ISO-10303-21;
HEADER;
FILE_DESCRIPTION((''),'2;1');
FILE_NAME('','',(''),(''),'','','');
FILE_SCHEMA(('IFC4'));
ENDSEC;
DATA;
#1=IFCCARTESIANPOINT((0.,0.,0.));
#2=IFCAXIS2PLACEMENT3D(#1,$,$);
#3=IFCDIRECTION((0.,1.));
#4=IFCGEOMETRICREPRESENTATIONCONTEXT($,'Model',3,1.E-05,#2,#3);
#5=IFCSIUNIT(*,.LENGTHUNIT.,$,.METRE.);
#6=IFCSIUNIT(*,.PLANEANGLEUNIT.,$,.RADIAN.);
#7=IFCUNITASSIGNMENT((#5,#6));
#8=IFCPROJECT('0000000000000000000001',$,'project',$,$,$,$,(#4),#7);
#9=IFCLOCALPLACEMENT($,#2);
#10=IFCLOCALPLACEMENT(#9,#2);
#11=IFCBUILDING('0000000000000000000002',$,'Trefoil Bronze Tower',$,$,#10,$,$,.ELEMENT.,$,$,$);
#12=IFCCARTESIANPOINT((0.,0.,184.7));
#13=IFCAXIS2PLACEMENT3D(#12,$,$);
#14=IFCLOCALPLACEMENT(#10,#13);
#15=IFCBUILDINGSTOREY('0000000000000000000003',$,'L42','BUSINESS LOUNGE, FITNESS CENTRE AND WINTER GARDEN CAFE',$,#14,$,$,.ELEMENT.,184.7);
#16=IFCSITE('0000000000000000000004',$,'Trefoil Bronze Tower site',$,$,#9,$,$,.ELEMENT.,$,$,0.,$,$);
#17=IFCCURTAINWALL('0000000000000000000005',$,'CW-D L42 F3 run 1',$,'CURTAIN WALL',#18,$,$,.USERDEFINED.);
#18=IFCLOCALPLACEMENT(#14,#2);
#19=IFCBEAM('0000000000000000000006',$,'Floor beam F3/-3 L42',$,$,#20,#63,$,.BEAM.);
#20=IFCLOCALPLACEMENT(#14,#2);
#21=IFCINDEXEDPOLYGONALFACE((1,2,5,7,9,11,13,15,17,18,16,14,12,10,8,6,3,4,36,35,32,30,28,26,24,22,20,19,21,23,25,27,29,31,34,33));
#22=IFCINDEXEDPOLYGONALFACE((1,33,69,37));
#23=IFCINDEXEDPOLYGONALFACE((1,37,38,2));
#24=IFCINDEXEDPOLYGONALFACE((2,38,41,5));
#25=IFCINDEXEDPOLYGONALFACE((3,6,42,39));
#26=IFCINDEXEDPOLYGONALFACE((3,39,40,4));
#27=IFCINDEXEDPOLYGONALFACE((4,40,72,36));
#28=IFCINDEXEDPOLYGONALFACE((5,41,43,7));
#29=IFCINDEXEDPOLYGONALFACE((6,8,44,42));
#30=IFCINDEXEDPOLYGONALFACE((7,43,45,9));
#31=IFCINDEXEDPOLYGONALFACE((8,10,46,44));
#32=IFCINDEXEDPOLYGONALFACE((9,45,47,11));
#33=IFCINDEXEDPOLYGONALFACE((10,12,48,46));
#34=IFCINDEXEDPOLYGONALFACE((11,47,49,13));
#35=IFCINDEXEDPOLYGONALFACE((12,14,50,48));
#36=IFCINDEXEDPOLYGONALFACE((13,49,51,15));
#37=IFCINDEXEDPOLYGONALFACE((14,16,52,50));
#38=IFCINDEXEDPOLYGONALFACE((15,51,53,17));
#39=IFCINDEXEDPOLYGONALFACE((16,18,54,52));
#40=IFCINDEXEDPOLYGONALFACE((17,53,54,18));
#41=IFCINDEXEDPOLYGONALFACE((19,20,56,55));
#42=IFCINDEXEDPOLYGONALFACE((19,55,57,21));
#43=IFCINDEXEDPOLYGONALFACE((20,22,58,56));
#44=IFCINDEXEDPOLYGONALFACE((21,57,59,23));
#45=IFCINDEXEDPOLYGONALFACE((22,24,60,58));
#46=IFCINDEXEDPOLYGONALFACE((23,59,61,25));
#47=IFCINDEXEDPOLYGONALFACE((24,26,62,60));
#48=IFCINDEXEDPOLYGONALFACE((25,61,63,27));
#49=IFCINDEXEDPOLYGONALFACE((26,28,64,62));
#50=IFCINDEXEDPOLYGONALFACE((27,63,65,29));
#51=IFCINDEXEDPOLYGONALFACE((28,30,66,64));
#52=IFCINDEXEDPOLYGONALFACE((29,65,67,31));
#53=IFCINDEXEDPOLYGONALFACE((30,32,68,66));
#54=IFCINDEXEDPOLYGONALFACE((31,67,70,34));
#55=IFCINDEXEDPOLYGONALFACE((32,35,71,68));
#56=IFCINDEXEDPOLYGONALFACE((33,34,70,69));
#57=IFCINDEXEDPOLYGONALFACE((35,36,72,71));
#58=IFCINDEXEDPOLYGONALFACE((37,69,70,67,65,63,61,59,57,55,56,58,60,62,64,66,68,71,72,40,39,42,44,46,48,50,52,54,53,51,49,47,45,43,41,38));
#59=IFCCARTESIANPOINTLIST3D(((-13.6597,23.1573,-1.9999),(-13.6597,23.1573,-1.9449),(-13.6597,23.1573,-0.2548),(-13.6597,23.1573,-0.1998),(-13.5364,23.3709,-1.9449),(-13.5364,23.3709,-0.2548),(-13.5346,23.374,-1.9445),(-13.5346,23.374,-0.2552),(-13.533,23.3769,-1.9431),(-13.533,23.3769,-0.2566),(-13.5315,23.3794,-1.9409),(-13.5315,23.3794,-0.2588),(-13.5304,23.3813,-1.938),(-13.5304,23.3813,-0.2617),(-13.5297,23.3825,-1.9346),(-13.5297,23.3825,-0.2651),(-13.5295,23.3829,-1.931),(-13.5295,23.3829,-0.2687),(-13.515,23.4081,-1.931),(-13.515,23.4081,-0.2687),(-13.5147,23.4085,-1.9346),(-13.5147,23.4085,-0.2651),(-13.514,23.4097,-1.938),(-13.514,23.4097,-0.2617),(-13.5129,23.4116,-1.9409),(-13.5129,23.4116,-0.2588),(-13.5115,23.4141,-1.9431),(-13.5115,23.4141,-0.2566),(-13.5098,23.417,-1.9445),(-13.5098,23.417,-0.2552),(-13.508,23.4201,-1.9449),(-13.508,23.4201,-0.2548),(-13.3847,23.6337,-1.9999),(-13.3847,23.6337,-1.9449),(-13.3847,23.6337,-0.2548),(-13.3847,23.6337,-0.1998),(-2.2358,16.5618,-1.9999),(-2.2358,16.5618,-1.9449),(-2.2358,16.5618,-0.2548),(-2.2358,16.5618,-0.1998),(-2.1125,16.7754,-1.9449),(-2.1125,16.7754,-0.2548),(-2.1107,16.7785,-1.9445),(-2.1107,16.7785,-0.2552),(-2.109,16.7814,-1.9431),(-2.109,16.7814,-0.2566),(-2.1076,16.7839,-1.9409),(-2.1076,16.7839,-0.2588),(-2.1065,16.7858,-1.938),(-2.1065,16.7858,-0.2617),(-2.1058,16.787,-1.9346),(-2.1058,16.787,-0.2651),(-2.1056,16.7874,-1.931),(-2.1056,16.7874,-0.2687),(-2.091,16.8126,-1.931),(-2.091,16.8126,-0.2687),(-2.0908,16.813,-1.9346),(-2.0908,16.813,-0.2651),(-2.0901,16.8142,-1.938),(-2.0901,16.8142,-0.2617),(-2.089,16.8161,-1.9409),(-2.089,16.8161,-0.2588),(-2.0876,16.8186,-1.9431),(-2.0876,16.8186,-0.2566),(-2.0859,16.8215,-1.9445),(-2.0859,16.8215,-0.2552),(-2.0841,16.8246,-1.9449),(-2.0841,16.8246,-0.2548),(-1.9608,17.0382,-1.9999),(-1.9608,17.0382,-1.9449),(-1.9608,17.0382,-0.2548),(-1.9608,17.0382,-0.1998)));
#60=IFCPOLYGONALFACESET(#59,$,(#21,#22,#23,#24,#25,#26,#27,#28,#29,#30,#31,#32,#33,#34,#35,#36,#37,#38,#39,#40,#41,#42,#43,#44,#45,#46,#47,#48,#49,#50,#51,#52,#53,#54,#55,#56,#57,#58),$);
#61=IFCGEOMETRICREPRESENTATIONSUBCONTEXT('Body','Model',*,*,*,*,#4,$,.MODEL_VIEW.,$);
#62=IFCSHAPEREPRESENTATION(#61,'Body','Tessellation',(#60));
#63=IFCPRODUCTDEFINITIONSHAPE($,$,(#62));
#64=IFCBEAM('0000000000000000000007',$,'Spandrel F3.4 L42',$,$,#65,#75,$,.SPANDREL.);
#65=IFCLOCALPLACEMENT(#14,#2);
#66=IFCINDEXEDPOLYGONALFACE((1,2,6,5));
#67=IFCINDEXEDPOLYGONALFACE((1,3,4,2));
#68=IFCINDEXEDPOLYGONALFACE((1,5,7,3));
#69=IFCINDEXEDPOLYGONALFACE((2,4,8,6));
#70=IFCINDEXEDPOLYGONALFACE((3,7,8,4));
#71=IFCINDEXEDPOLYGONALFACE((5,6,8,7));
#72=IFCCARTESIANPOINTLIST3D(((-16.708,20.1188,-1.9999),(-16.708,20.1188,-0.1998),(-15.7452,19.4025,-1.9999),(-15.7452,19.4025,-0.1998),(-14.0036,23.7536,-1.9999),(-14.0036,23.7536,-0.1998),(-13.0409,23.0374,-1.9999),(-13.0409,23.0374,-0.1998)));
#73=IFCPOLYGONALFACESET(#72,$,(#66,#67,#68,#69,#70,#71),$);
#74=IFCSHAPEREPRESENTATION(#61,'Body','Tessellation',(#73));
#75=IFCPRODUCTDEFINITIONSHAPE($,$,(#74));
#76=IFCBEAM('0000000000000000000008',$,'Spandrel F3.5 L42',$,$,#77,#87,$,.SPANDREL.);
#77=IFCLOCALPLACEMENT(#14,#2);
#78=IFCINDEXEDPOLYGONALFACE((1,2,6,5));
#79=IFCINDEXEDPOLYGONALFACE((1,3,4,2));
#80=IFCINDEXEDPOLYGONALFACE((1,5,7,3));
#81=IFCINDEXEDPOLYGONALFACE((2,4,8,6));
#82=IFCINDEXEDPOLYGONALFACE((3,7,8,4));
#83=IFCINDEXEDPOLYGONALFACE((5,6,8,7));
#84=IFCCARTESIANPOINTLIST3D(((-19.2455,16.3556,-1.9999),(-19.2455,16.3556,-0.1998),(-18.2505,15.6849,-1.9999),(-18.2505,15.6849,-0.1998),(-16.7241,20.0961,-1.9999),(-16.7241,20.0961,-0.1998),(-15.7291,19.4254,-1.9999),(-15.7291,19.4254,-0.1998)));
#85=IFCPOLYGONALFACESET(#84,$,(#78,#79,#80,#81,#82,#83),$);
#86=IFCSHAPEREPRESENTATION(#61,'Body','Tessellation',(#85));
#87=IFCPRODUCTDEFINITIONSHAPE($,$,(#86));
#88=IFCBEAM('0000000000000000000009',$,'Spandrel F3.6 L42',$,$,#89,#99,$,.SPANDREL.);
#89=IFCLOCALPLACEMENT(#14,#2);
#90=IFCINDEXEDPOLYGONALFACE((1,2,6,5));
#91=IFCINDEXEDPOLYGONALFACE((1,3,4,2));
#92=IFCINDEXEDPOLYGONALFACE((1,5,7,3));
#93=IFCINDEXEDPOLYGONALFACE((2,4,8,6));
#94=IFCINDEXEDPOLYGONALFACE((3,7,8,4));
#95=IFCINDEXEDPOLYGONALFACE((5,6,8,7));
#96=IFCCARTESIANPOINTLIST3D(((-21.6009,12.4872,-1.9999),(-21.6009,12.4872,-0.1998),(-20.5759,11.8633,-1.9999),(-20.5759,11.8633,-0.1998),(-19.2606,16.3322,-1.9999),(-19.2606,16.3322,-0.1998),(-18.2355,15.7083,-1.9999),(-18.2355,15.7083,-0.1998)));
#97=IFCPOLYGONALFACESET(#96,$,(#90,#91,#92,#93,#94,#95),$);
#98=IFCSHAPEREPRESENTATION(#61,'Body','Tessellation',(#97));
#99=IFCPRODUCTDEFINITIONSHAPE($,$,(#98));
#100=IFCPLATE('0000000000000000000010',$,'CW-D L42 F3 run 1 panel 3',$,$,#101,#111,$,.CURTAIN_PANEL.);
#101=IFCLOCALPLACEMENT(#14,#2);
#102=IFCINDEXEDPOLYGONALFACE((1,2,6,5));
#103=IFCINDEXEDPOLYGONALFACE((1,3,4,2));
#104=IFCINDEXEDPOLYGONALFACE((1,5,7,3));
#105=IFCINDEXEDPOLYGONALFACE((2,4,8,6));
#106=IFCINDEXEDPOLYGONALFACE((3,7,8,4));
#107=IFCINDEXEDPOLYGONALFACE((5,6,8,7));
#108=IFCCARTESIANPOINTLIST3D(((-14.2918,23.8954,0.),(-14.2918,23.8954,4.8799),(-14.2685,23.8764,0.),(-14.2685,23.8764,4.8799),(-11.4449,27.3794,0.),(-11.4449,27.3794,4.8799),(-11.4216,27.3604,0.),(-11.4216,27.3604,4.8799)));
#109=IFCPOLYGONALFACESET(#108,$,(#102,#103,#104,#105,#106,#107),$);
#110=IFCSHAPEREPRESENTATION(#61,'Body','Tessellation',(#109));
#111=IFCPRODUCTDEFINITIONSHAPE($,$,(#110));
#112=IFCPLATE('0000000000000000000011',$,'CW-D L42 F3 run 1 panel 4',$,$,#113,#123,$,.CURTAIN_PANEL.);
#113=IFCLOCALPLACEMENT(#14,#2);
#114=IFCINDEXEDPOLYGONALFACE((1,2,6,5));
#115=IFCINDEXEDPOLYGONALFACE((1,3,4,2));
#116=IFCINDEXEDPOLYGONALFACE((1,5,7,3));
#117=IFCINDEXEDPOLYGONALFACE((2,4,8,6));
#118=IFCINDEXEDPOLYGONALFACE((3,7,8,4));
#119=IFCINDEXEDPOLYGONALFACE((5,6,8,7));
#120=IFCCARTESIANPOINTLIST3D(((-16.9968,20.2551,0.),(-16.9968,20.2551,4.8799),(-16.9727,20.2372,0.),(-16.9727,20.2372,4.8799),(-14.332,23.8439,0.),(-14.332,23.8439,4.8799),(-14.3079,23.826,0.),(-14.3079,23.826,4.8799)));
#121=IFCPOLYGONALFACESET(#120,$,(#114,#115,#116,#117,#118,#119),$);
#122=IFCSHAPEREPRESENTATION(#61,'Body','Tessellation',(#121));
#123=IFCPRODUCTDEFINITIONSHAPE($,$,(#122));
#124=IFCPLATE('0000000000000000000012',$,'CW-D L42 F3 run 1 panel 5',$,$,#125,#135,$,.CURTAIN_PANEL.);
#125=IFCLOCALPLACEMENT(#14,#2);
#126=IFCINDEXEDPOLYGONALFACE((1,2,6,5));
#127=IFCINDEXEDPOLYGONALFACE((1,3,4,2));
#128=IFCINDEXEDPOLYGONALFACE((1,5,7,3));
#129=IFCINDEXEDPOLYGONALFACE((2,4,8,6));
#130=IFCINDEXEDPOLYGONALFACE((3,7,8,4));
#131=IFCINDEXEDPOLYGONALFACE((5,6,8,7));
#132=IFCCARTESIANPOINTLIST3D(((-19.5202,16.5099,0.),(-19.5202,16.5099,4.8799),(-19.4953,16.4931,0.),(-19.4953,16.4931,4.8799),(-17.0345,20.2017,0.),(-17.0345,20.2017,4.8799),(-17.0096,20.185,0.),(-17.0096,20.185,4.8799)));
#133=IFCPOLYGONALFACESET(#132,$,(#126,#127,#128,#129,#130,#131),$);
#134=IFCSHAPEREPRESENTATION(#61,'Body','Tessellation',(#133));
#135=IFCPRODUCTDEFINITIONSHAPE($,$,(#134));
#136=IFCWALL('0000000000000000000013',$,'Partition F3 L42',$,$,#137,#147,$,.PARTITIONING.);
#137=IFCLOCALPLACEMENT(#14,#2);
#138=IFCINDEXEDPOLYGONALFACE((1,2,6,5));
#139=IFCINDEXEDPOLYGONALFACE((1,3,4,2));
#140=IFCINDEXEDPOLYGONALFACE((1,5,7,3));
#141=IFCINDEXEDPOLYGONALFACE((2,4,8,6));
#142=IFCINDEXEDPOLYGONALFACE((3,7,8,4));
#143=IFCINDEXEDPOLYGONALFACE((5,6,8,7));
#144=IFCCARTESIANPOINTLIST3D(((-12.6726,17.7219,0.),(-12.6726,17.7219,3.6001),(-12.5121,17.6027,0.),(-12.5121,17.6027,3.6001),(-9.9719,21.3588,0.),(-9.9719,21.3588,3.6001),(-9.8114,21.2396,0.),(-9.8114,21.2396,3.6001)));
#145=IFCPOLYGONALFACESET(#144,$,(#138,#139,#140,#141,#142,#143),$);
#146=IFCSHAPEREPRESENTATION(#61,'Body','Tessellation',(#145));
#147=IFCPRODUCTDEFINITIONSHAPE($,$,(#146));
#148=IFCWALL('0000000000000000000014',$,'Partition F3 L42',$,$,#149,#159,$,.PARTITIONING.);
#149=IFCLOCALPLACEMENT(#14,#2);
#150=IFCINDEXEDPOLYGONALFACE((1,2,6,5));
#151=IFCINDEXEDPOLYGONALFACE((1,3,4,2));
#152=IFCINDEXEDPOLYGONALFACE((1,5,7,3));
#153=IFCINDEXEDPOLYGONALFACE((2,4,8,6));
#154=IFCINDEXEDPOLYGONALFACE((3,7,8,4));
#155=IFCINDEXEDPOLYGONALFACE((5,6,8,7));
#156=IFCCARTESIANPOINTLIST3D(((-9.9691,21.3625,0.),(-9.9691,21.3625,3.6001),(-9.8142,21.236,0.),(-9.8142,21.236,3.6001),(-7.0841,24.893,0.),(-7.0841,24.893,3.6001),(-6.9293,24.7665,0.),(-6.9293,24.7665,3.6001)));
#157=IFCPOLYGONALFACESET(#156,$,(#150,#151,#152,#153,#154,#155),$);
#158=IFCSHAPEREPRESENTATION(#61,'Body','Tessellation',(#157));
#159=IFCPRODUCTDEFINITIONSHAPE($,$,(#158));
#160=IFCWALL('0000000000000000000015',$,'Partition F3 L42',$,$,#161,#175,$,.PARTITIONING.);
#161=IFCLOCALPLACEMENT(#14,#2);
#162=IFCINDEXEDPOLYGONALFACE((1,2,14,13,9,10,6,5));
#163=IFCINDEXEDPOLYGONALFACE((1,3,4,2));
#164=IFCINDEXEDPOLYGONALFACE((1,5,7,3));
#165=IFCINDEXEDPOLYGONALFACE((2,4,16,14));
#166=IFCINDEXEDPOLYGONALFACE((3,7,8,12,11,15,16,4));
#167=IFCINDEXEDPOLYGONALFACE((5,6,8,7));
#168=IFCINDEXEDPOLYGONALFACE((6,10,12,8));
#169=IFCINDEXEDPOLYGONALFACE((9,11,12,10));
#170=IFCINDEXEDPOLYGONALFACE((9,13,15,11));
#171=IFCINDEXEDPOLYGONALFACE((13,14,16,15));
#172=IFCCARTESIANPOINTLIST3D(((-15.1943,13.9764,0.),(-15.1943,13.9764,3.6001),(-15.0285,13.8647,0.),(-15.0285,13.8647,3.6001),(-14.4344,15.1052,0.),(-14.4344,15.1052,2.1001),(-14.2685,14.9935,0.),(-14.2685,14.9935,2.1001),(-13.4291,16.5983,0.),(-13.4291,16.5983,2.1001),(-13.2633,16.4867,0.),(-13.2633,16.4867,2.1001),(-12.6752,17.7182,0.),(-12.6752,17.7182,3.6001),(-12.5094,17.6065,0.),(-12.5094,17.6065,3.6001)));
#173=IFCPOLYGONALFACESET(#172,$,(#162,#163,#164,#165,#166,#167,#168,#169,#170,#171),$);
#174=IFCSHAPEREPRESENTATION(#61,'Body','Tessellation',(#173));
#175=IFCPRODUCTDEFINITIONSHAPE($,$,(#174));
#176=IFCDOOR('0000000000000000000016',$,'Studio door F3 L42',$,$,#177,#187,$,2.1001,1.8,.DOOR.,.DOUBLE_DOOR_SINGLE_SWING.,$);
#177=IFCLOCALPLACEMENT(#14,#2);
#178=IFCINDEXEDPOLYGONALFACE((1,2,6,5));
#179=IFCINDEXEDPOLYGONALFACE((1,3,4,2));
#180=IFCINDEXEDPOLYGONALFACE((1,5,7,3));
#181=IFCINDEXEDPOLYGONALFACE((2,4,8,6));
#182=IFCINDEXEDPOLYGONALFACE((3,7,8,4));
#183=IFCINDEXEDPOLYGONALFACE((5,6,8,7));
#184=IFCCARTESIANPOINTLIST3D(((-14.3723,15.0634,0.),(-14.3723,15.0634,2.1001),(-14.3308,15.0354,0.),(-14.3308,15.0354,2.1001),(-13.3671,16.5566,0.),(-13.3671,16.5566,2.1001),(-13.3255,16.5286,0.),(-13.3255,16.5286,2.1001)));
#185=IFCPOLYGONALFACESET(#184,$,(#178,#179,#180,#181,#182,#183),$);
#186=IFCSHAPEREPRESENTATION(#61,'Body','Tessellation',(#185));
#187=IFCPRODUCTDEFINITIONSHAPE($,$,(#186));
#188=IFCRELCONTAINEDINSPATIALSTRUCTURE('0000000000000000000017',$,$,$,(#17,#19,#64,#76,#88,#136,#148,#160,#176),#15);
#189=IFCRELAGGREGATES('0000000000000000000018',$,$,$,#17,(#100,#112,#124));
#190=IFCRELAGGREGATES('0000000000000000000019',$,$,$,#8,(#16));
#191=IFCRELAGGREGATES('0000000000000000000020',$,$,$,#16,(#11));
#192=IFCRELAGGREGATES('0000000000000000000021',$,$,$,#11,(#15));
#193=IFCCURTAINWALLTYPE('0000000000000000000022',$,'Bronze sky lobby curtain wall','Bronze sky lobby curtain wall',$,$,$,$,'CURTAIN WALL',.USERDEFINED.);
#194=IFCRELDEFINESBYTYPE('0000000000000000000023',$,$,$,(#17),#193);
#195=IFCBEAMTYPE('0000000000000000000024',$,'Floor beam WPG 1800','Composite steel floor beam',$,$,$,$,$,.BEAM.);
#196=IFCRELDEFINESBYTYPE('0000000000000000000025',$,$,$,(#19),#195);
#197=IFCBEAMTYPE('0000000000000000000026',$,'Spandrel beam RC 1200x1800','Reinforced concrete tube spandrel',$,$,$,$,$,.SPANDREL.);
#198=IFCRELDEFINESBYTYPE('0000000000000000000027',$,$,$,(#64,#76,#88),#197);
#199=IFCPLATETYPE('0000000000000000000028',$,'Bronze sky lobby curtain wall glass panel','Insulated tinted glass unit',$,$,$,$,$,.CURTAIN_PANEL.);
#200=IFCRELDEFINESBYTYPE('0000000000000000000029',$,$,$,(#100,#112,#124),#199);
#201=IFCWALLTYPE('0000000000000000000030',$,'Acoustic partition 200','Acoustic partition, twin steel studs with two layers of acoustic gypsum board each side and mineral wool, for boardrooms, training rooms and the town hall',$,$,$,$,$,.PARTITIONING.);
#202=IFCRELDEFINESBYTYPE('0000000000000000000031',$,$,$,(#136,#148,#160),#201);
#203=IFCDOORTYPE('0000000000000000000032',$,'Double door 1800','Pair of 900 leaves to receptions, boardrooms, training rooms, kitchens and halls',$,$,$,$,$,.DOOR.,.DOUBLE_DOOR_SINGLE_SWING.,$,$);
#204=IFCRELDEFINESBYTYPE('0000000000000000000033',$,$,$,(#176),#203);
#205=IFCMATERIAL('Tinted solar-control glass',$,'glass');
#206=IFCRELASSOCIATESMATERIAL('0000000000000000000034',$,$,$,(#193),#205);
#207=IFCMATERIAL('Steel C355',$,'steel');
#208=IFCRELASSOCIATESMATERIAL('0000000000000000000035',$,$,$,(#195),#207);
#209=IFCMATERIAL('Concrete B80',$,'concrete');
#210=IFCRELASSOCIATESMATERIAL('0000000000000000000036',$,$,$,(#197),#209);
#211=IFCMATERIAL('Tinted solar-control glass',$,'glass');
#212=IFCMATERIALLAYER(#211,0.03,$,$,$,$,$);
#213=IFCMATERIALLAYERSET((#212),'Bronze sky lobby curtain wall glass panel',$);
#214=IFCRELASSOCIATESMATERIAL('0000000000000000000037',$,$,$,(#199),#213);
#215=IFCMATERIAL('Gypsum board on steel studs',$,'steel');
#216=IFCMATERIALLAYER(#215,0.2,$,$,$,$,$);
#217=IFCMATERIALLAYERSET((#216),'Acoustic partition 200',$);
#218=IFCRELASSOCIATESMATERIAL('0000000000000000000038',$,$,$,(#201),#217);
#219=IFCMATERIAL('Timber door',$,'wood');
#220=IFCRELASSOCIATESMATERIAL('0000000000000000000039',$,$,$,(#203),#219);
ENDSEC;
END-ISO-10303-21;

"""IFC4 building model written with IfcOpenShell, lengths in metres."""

from ifc_helpers import new_model, si_unit, direction, frame, frame_2d, origin, origin_2d, place, context, subcontext, project, spatial, rectangle, i_section, extrude, material, layer, layer_set, material_profile, profile_set, type_object, element, fill, aggregate, save


model = new_model("IFC4")

# Units and contexts
model_context = context("Model", 3, precision=1e-05, world=origin(), true_north=direction((0.0, 1.0)))
body_context = subcontext(model_context, "Body", "Model", "MODEL_VIEW")
ifc_project = project(units=[si_unit("LENGTHUNIT", "METRE"), si_unit("PLANEANGLEUNIT", "RADIAN")], contexts=[model_context])

# Site, building, storey
site_placement = place(None, origin())
site = spatial("IfcSite", under=ifc_project, at=site_placement, Name="Trefoil Bronze Tower site", CompositionType="ELEMENT", RefElevation=0.0)
building_placement = place(site_placement, origin())
building = spatial("IfcBuilding", under=site, at=building_placement, Name="Trefoil Bronze Tower", CompositionType="ELEMENT")
storey_placement = place(building_placement, frame((0.0, 0.0, 184.7)))
storey = spatial("IfcBuildingStorey", under=building, at=storey_placement, Name="L42", Description="BUSINESS LOUNGE, FITNESS CENTRE AND WINTER GARDEN CAFE", CompositionType="ELEMENT", Elevation=184.7)

# Curtain wall
ifc_material_1 = material(Name="Tinted solar-control glass", Category="glass")
curtain_wall_type = type_object("IfcCurtainWallType", Name="Bronze sky lobby curtain wall", Description="Bronze sky lobby curtain wall", ElementType="CURTAIN WALL", PredefinedType="USERDEFINED", material=ifc_material_1)
curtain_wall_placement = place(storey_placement, origin())
curtain_wall = element("IfcCurtainWall", 1, at=curtain_wall_placement, inside=storey, type_object=curtain_wall_type, Name="CW-D L42 F3 run 1", ObjectType="CURTAIN WALL", PredefinedType="USERDEFINED")

# Beams
ifc_material_2 = material(Name="Steel C355", Category="steel")
ifc_material_profile_1 = material_profile(ifc_material_2, i_section(OverallWidth=0.55, OverallDepth=1.8, WebThickness=0.0291, FlangeThickness=0.0549, FilletRadius=0.0139, at=origin_2d()), Name="WPG 1800")
ifc_profile_set_1 = profile_set([ifc_material_profile_1], Name="Steel C355")
beam_type_1 = type_object("IfcBeamType", Name="Floor beam WPG 1800", Description="Composite steel floor beam", PredefinedType="BEAM", material=ifc_profile_set_1)
beam_1_placement = place(storey_placement, frame((-13.5222, 23.3955, -1.0999), z_axis=(0.866028, -0.499995, 0.0), x_axis=(0.499995, 0.866028, 0.0)))
element("IfcBeam", 2, at=beam_1_placement, inside=storey, type_object=beam_type_1, Name="Floor beam F3/-3 L42", PredefinedType="BEAM", context=body_context, shape_type="SweptSolid", body=[
    extrude(i_section(OverallWidth=0.55, OverallDepth=1.8, WebThickness=0.0291, FlangeThickness=0.0549, FilletRadius=0.0139, at=origin_2d()), origin(), (0.0, 0.0, 1.0), 13.1912),
])
ifc_material_3 = material(Name="Concrete B80", Category="concrete")
ifc_material_profile_2 = material_profile(ifc_material_3, rectangle(XDim=1.2, YDim=1.8, at=origin_2d()), Name="RC 1200x1800")
ifc_profile_set_2 = profile_set([ifc_material_profile_2], Name="Concrete B80")
beam_type_2 = type_object("IfcBeamType", Name="Spandrel beam RC 1200x1800", Description="Reinforced concrete tube spandrel", PredefinedType="SPANDREL", material=ifc_profile_set_2)
beam_2_placement = place(storey_placement, frame((-13.5222, 23.3955, -1.0999), z_axis=(-0.596926, -0.802296, 0.0), x_axis=(0.802296, -0.596926, 0.0)))
element("IfcBeam", 3, at=beam_2_placement, inside=storey, type_object=beam_type_2, Name="Spandrel F3.4 L42", PredefinedType="SPANDREL", context=body_context, shape_type="SweptSolid", body=[
    extrude(rectangle(XDim=1.2, YDim=1.8, at=origin_2d()), origin(), (0.0, 0.0, 1.0), 4.5305),
])
beam_3_placement = place(storey_placement, frame((-16.2266, 19.7607, -1.0999), z_axis=(-0.558964, -0.829192, 0.0), x_axis=(0.829192, -0.558964, 0.0)))
element("IfcBeam", 4, at=beam_3_placement, inside=storey, type_object=beam_type_2, Name="Spandrel F3.5 L42", PredefinedType="SPANDREL", context=body_context, shape_type="SweptSolid", body=[
    extrude(rectangle(XDim=1.2, YDim=1.8, at=origin_2d()), origin(), (0.0, 0.0, 1.0), 4.511),
])
beam_4_placement = place(storey_placement, frame((-18.748, 16.0203, -1.0999), z_axis=(-0.519933, -0.854207, 0.0), x_axis=(0.854207, -0.519933, 0.0)))
element("IfcBeam", 5, at=beam_4_placement, inside=storey, type_object=beam_type_2, Name="Spandrel F3.6 L42", PredefinedType="SPANDREL", context=body_context, shape_type="SweptSolid", body=[
    extrude(rectangle(XDim=1.2, YDim=1.8, at=origin_2d()), origin(), (0.0, 0.0, 1.0), 4.5012),
])

# Plates
ifc_material_4 = material(Name="Tinted solar-control glass", Category="glass")
ifc_layer_1 = layer(ifc_material_4, 0.03)
ifc_layer_set_1 = layer_set([ifc_layer_1], Name="Bronze sky lobby curtain wall glass panel")
plate_type = type_object("IfcPlateType", Name="Bronze sky lobby curtain wall glass panel", Description="Insulated tinted glass unit", PredefinedType="CURTAIN_PANEL", material=ifc_layer_set_1)
plate_1_placement = place(storey_placement, frame((-12.8567, 25.6279, 0.0), z_axis=(0.0, 0.0, 1.0), x_axis=(-0.632753, -0.774354, 0.0)))
plate_1 = element("IfcPlate", 6, at=plate_1_placement, type_object=plate_type, Name="CW-D L42 F3 run 1 panel 3", PredefinedType="CURTAIN_PANEL", context=body_context, shape_type="SweptSolid", body=[
    extrude(rectangle(XDim=4.4993, YDim=0.03, at=origin_2d()), origin(), (0.0, 0.0, 1.0), 4.8799),
])
plate_2_placement = place(storey_placement, frame((-15.6523, 22.0405, 0.0), z_axis=(0.0, 0.0, 1.0), x_axis=(-0.596162, -0.802865, 0.0)))
plate_2 = element("IfcPlate", 7, at=plate_2_placement, type_object=plate_type, Name="CW-D L42 F3 run 1 panel 4", PredefinedType="CURTAIN_PANEL", context=body_context, shape_type="SweptSolid", body=[
    extrude(rectangle(XDim=4.47, YDim=0.03, at=origin_2d()), origin(), (0.0, 0.0, 1.0), 4.8799),
])
plate_3_placement = place(storey_placement, frame((-18.2649, 18.3474, 0.0), z_axis=(0.0, 0.0, 1.0), x_axis=(-0.558493, -0.829509, 0.0)))
plate_3 = element("IfcPlate", 8, at=plate_3_placement, type_object=plate_type, Name="CW-D L42 F3 run 1 panel 5", PredefinedType="CURTAIN_PANEL", context=body_context, shape_type="SweptSolid", body=[
    extrude(rectangle(XDim=4.4507, YDim=0.03, at=origin_2d()), origin(), (0.0, 0.0, 1.0), 4.8799),
])
aggregate(curtain_wall, [plate_1, plate_2, plate_3])

# Walls
ifc_material_5 = material(Name="Gypsum board on steel studs", Category="steel")
ifc_layer_2 = layer(ifc_material_5, 0.2)
ifc_layer_set_2 = layer_set([ifc_layer_2], Name="Acoustic partition 200")
wall_type_1 = type_object("IfcWallType", Name="Acoustic partition 200", Description="Acoustic partition, twin steel studs with two layers of acoustic gypsum board each side and mineral wool, for boardrooms, training rooms and the town hall", PredefinedType="PARTITIONING", material=ifc_layer_set_2)
wall_1_placement = place(storey_placement, frame((-9.8916, 21.2993, 0.0), z_axis=(0.0, 0.0, 1.0), x_axis=(-0.596173, -0.802856, 0.0)))
element("IfcWall", 9, at=wall_1_placement, inside=storey, type_object=wall_type_1, Name="Partition F3 L42", PredefinedType="PARTITIONING", context=body_context, shape_type="SweptSolid", body=[
    extrude(rectangle(XDim=4.53, YDim=0.2, at=frame_2d((2.2651, 0.0))), origin(), (0.0, 0.0, 1.0), 3.6001),
])
wall_2_placement = place(storey_placement, frame((-7.0066, 24.8298, 0.0), z_axis=(0.0, 0.0, 1.0), x_axis=(-0.632765, -0.774344, 0.0)))
element("IfcWall", 10, at=wall_2_placement, inside=storey, type_object=wall_type_1, Name="Partition F3 L42", PredefinedType="PARTITIONING", context=body_context, shape_type="SweptSolid", body=[
    extrude(rectangle(XDim=4.5593, YDim=0.2, at=frame_2d((2.2798, 0.0))), origin(), (0.0, 0.0, 1.0), 3.6001),
])

# Wall, opening, door
wall_3_placement = place(storey_placement, frame((-12.5923, 17.6624, 0.0), z_axis=(0.0, 0.0, 1.0), x_axis=(-0.558467, -0.829527, 0.0)))
wall_3 = element("IfcWall", 11, at=wall_3_placement, inside=storey, type_object=wall_type_1, Name="Partition F3 L42", PredefinedType="PARTITIONING", context=body_context, shape_type="SweptSolid", body=[
    extrude(rectangle(XDim=4.5107, YDim=0.2, at=frame_2d((2.2554, 0.0))), origin(), (0.0, 0.0, 1.0), 3.6001),
])
opening_1_placement = place(wall_3_placement, frame((1.3501, 0.0, 0.0)))
opening_1 = element("IfcOpeningElement", 12, at=opening_1_placement, cuts=wall_3, PredefinedType="OPENING", context=body_context, shape_type="SweptSolid", body=[
    extrude(rectangle(XDim=1.8, YDim=2.1001, at=frame_2d((0.8999, 1.05))), frame((0.0, 0.1099, 0.0), z_axis=(0.0, -1.0, 0.0), x_axis=(1.0, 0.0, 0.0)), (0.0, 0.0, 1.0), 0.22),
])
ifc_material_6 = material(Name="Timber door", Category="wood")
door_type_1 = type_object("IfcDoorType", Name="Double door 1800", Description="Pair of 900 leaves to receptions, boardrooms, training rooms, kitchens and halls", OperationType="DOUBLE_DOOR_SINGLE_SWING", PredefinedType="DOOR", material=ifc_material_6)
door_1_placement = place(opening_1_placement, origin())
door_1 = element("IfcDoor", 13, at=door_1_placement, inside=storey, type_object=door_type_1, Name="Studio door F3 L42", OperationType="DOUBLE_DOOR_SINGLE_SWING", OverallHeight=2.1001, OverallWidth=1.8, PredefinedType="DOOR", context=body_context, shape_type="SweptSolid", body=[
    extrude(rectangle(XDim=1.8, YDim=2.1001, at=frame_2d((0.8999, 1.05))), frame((0.0, 0.0249, 0.0), z_axis=(0.0, -1.0, 0.0), x_axis=(1.0, 0.0, 0.0)), (0.0, 0.0, 1.0), 0.05),
])
fill(opening_1, door_1)

save(model, "model.ifc")
